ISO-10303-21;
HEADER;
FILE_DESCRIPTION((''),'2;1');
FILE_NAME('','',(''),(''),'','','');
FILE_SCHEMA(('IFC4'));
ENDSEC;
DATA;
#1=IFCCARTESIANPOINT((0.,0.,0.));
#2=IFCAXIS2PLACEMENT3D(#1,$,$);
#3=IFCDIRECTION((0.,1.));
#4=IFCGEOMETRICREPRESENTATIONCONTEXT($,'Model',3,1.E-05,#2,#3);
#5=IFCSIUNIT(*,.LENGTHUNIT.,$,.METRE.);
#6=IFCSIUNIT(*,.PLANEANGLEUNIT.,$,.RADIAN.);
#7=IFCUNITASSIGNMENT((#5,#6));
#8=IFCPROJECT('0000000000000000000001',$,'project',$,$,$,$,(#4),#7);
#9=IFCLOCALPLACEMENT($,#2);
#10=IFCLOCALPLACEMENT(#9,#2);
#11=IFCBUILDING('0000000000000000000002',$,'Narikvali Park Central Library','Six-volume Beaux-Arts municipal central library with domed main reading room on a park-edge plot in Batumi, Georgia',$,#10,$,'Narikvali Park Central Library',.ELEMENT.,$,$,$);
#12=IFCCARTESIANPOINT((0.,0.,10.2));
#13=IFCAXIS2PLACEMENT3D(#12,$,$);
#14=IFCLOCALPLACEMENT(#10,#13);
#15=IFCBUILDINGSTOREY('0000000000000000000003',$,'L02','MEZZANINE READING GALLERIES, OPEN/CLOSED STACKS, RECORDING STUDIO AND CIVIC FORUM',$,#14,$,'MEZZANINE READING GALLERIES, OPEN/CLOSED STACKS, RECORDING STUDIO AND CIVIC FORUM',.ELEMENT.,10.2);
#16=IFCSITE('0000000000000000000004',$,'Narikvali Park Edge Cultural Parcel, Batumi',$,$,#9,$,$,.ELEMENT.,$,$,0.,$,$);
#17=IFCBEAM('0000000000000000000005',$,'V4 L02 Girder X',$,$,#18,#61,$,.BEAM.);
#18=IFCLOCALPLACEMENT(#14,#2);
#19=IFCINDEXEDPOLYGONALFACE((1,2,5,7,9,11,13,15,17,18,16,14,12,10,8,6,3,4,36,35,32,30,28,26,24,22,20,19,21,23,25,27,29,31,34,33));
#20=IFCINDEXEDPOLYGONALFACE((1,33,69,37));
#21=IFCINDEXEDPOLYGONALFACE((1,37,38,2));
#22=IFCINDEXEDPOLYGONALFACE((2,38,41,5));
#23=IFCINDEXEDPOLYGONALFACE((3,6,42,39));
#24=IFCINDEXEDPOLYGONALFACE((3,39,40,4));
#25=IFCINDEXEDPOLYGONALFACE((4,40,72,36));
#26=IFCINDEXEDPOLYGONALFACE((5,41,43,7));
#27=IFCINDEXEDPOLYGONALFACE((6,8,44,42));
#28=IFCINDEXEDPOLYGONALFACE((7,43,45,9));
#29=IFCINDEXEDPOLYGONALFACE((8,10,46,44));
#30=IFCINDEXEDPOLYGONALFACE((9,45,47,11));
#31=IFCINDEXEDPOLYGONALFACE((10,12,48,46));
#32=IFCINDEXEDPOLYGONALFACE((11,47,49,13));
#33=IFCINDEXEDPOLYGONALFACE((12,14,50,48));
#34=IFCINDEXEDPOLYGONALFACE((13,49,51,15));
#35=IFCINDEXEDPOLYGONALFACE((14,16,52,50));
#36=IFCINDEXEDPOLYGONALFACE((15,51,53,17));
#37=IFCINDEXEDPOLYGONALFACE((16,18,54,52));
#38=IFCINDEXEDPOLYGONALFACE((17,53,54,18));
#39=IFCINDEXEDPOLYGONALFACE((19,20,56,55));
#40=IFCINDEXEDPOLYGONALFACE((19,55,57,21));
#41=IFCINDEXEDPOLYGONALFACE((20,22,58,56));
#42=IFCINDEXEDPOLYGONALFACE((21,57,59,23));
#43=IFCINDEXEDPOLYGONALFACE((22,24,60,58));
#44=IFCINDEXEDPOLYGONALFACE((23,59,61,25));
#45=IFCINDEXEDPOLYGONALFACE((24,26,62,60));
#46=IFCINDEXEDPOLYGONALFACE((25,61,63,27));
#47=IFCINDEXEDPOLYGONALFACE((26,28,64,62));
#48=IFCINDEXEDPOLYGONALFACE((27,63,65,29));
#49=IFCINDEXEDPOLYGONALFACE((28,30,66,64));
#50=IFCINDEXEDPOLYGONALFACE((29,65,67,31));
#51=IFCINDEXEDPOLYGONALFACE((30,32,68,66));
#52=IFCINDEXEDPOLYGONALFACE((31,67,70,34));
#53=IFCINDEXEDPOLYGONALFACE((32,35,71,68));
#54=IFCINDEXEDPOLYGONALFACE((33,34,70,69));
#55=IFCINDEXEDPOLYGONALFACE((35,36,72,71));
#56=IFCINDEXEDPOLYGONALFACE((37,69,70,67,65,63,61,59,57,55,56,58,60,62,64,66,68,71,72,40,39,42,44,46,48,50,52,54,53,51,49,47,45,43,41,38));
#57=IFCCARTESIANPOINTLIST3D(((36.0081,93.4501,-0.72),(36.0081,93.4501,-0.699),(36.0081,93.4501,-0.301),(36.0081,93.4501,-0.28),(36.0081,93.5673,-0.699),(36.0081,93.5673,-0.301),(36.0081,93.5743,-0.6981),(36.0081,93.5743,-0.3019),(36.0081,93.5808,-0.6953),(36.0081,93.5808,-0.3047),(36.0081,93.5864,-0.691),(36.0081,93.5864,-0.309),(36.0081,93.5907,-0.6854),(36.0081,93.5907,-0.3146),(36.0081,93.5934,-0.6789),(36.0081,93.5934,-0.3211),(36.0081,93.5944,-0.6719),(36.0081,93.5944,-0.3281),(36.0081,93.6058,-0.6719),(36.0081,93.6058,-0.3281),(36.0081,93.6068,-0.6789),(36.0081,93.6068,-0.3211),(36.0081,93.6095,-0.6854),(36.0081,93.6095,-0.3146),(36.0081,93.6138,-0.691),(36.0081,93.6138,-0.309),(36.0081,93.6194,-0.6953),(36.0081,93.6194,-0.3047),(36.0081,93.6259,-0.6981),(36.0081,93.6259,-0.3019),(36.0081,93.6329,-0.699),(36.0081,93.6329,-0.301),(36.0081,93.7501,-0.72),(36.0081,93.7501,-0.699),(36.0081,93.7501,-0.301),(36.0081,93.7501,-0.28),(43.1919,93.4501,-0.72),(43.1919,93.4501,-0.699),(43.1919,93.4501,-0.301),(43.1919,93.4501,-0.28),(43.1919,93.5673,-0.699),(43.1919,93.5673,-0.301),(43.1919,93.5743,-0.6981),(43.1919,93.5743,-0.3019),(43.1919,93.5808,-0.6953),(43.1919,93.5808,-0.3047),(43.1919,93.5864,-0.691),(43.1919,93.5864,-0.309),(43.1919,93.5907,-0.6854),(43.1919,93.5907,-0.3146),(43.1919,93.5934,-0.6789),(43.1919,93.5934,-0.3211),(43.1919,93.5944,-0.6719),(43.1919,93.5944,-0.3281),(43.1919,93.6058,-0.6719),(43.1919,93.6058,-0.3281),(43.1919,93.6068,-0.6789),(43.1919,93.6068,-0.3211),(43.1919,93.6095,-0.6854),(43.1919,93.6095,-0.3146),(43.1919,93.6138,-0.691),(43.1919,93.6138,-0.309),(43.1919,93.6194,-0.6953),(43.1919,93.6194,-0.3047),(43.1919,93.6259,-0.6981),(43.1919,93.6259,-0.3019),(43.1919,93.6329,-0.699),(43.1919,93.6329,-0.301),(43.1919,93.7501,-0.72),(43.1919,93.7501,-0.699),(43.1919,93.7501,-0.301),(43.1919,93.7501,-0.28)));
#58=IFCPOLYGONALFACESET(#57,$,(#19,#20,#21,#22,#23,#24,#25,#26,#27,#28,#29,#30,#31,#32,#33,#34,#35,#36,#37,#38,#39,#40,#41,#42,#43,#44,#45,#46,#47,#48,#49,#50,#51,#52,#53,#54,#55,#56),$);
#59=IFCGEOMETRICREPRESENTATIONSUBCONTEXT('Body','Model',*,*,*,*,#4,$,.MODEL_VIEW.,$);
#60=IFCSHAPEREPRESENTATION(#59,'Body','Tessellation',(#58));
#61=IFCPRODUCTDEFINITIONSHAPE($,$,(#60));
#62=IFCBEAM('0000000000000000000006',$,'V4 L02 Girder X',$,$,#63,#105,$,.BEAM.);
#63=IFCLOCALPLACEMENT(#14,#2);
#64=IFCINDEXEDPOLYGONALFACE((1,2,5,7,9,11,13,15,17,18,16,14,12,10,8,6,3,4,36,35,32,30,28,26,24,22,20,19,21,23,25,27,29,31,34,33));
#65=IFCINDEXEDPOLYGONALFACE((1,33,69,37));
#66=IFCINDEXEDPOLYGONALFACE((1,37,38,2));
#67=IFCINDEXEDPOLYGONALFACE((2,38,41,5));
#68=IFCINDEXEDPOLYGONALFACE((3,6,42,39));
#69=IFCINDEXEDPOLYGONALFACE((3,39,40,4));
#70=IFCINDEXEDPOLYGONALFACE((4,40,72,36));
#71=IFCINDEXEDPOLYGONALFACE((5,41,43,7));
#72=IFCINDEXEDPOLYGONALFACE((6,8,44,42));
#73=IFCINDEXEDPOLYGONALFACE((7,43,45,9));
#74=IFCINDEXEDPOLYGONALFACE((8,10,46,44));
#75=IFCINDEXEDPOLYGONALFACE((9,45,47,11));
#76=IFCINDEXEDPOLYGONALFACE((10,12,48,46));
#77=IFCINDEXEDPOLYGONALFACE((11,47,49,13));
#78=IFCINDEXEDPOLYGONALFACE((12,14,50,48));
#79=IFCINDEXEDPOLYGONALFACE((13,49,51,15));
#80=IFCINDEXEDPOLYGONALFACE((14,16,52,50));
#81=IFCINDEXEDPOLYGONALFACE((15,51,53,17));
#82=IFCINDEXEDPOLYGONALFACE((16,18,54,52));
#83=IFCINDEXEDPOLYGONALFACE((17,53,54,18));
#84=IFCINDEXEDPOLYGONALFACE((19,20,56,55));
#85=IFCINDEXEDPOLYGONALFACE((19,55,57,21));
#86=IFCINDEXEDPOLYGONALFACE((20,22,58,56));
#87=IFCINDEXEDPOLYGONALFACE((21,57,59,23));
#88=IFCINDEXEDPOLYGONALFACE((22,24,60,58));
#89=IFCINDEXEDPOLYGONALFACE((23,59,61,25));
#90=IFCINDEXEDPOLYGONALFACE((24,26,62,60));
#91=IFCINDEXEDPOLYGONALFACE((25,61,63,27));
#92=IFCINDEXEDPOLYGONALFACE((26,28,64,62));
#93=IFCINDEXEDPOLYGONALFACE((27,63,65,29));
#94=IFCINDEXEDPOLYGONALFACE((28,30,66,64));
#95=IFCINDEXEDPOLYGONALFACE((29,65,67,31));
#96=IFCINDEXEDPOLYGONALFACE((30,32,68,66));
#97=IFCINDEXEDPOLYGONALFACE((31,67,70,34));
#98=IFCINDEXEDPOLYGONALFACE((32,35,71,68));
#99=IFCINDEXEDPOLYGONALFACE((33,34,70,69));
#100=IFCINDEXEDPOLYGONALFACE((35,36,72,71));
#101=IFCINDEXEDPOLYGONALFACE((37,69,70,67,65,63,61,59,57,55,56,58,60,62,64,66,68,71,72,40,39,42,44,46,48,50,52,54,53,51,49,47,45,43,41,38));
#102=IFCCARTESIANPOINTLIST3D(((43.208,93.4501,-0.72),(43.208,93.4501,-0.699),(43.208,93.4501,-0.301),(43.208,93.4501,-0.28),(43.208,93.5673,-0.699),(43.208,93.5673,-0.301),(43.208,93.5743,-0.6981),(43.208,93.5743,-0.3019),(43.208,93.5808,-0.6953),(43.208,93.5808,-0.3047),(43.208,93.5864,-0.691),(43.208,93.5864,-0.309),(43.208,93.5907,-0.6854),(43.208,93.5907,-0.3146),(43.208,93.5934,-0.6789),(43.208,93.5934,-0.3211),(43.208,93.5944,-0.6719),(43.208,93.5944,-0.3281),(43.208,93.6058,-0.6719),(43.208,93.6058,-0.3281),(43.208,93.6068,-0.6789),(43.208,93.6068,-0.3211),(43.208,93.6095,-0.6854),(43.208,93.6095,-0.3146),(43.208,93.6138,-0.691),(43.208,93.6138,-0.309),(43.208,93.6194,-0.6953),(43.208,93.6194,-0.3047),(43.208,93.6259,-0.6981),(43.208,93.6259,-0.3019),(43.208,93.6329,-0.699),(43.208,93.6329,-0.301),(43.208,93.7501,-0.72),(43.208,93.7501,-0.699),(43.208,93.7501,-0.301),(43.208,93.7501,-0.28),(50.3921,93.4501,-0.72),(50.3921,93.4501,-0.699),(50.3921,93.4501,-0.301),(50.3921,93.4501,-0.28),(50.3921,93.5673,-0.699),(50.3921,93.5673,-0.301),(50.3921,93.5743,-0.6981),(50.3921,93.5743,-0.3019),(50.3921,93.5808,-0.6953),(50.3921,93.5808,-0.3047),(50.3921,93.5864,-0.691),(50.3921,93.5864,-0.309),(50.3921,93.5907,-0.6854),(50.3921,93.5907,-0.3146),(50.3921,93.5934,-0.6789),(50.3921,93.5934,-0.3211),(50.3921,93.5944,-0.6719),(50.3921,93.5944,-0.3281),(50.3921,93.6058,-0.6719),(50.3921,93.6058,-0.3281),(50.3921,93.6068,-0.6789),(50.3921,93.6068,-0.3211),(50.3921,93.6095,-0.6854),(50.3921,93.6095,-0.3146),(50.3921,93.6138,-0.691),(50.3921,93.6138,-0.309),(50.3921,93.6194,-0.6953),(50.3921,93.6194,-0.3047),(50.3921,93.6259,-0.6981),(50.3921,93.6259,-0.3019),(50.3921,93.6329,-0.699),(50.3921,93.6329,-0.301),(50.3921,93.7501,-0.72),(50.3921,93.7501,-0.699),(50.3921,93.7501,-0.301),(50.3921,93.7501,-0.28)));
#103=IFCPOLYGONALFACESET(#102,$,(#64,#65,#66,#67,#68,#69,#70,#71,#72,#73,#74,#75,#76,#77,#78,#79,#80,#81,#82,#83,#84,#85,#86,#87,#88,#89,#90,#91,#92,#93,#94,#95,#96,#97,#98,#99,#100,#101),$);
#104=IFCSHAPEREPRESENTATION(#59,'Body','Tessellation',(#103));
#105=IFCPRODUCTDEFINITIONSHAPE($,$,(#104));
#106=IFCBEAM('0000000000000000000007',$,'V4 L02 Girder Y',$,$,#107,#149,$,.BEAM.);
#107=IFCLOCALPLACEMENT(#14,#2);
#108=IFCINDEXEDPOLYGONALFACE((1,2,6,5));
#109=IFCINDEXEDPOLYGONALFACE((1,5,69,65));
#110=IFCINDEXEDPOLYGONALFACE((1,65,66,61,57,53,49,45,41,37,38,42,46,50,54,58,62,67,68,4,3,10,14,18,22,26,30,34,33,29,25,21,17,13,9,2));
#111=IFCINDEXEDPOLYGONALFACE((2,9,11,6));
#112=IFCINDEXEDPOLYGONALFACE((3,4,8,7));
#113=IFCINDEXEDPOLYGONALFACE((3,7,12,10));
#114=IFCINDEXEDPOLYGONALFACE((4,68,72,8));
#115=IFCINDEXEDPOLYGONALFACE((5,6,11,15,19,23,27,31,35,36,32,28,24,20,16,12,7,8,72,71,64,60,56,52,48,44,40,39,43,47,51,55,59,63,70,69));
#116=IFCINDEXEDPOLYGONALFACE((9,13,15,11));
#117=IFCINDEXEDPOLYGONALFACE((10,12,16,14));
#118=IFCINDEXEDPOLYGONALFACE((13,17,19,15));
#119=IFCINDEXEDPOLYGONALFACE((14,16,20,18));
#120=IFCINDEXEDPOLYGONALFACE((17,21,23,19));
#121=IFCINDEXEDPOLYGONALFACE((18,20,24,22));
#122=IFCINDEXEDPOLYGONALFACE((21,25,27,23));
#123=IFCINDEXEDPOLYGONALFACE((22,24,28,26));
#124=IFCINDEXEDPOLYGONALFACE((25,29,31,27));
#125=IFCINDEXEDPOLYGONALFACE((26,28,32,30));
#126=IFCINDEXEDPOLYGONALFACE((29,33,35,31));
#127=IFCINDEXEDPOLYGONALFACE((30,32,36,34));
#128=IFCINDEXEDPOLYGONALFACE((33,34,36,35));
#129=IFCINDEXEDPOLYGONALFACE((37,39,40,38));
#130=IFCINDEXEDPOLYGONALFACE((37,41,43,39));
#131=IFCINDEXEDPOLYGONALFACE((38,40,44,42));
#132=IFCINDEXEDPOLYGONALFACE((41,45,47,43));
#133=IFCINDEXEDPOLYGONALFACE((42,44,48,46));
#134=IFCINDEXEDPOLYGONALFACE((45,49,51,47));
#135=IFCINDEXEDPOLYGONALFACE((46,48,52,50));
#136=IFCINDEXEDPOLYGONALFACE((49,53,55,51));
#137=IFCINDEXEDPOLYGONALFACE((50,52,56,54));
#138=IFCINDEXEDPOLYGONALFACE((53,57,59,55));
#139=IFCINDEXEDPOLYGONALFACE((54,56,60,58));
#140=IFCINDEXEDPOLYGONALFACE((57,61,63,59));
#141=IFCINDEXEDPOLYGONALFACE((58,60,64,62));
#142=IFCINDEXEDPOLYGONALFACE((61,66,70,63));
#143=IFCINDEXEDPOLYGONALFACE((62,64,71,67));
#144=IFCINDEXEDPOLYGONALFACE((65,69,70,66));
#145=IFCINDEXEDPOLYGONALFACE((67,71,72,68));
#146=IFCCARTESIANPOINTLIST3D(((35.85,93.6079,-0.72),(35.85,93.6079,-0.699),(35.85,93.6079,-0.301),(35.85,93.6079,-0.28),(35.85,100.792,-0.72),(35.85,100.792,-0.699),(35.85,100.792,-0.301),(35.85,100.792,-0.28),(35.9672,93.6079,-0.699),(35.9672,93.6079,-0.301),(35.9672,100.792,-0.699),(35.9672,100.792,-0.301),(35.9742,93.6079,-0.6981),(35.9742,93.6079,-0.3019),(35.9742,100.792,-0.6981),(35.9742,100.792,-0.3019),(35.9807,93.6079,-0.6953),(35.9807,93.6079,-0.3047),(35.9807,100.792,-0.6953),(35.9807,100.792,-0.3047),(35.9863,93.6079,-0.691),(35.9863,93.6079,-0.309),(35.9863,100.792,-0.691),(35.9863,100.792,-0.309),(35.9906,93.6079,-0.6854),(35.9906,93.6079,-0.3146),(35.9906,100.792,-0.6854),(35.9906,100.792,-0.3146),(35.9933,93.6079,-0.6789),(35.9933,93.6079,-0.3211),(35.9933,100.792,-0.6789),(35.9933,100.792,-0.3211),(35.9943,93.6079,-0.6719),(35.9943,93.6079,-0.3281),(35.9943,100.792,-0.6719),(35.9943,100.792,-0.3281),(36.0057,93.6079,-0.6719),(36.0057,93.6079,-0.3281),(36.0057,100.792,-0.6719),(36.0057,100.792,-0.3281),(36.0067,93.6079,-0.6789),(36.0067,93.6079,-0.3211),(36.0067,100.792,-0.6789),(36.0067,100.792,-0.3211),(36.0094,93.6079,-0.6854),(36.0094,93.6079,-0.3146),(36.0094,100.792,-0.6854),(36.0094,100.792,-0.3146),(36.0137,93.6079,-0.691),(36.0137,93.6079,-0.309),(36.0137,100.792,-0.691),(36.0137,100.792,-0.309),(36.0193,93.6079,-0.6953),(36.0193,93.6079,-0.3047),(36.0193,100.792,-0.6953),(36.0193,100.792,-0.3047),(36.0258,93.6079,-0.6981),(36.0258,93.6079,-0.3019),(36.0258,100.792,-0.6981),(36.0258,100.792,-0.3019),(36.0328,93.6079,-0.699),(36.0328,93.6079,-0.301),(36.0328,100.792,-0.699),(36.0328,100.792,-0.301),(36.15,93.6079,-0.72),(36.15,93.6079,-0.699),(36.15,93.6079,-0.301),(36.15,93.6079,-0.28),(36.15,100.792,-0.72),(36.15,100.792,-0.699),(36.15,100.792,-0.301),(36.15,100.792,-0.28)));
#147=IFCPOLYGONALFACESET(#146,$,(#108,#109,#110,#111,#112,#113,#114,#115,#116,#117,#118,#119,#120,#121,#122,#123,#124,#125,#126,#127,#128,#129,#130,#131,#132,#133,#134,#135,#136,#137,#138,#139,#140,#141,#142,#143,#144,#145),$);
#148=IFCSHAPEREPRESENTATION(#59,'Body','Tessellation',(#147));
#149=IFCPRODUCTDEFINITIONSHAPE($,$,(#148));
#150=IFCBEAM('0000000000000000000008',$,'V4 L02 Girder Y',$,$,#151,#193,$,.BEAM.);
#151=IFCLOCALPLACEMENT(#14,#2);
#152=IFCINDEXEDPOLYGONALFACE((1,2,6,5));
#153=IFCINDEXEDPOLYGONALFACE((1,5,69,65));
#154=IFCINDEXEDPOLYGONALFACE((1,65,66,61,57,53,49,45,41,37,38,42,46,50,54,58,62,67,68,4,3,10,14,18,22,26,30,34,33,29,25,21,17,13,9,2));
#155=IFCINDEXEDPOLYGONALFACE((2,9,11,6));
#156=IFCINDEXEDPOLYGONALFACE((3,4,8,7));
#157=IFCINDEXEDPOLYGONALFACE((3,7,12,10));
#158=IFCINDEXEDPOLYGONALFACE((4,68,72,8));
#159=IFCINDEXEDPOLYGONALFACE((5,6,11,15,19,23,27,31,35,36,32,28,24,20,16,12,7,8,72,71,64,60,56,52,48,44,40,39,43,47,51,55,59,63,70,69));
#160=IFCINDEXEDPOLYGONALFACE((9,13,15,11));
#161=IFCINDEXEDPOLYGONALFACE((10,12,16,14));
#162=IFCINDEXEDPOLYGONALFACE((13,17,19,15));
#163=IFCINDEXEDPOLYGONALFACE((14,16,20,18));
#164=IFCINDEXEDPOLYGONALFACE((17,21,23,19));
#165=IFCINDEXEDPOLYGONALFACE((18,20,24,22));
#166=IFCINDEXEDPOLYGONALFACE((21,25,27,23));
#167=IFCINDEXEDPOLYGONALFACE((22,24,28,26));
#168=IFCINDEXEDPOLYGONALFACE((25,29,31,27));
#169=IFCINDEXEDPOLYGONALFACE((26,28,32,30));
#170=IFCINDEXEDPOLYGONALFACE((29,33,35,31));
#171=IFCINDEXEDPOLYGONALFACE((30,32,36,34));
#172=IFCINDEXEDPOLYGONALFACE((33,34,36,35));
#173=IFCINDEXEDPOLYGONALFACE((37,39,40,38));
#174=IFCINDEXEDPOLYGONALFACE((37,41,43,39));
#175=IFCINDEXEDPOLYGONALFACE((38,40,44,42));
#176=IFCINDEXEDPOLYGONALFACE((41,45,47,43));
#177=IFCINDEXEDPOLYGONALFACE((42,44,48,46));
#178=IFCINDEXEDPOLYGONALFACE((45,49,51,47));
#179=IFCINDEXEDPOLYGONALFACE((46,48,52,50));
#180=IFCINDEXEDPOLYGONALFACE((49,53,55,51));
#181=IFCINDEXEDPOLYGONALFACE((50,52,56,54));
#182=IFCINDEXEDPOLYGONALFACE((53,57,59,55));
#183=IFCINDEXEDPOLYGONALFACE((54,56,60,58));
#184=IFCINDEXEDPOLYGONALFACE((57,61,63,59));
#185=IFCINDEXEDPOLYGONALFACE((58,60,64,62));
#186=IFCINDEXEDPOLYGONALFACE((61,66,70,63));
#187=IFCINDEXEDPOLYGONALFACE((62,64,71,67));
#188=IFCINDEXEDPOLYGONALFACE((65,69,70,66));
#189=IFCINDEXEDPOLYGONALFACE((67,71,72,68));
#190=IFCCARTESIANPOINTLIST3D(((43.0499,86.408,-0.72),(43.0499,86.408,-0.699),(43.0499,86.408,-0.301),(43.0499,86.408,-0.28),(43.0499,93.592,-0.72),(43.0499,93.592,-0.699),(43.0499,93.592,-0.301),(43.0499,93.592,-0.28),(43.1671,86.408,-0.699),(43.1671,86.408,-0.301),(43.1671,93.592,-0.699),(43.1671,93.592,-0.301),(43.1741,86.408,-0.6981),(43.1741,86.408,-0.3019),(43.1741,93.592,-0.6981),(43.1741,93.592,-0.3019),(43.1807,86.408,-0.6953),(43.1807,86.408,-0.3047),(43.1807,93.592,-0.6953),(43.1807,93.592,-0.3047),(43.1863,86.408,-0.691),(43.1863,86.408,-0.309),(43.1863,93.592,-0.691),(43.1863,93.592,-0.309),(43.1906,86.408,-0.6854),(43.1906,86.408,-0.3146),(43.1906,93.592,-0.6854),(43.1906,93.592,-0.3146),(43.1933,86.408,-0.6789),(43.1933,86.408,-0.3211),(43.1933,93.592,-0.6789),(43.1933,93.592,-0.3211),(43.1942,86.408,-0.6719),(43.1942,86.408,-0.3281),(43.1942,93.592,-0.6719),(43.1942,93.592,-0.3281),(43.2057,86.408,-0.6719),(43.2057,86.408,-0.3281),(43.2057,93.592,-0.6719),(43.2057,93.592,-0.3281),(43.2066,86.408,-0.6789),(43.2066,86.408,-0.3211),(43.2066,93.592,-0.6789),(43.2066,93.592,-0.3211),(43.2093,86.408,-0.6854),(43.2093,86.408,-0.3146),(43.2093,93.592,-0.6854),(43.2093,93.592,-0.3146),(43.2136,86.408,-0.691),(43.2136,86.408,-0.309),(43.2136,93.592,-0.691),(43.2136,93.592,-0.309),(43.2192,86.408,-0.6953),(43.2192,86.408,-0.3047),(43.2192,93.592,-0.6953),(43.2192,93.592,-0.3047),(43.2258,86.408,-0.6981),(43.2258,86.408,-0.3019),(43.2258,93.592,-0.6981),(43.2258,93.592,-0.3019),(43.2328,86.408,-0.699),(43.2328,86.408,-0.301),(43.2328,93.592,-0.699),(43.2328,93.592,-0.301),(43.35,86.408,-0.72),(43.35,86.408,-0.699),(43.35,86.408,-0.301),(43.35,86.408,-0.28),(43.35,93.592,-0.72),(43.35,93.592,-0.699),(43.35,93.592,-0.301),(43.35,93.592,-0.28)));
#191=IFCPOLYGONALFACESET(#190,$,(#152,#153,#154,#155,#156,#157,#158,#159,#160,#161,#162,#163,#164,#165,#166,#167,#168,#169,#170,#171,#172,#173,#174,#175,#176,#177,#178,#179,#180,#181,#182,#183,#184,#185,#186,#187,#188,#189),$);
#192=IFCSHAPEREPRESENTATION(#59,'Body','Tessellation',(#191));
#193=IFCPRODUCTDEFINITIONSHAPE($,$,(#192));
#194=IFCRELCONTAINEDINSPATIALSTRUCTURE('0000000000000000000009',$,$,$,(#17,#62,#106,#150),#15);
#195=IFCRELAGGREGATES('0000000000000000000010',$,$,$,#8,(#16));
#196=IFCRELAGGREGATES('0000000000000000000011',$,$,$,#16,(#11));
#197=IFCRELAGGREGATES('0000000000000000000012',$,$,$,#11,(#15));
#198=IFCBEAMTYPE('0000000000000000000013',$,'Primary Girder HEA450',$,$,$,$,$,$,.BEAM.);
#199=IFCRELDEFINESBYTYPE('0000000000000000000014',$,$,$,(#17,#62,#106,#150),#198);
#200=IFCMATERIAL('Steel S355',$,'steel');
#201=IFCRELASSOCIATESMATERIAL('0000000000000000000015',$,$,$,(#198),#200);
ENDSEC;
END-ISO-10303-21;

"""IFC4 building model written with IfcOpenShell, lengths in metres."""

from ifc_helpers import new_model, si_unit, direction, frame, origin, origin_2d, place, context, subcontext, project, spatial, i_section, extrude, material, material_profile, profile_set, type_object, element, save


model = new_model("IFC4")

# Units and contexts
model_context = context("Model", 3, precision=1e-05, world=origin(), true_north=direction((0.0, 1.0)))
body_context = subcontext(model_context, "Body", "Model", "MODEL_VIEW")
ifc_project = project(units=[si_unit("LENGTHUNIT", "METRE"), si_unit("PLANEANGLEUNIT", "RADIAN")], contexts=[model_context])

# Site, building, storey
site_placement = place(None, origin())
site = spatial("IfcSite", under=ifc_project, at=site_placement, Name="Narikvali Park Edge Cultural Parcel, Batumi", CompositionType="ELEMENT", RefElevation=0.0)
building_placement = place(site_placement, origin())
building = spatial("IfcBuilding", under=site, at=building_placement, Name="Narikvali Park Central Library", Description="Six-volume Beaux-Arts municipal central library with domed main reading room on a park-edge plot in Batumi, Georgia", LongName="Narikvali Park Central Library", CompositionType="ELEMENT")
storey_placement = place(building_placement, frame((0.0, 0.0, 10.2)))
storey = spatial("IfcBuildingStorey", under=building, at=storey_placement, Name="L02", Description="MEZZANINE READING GALLERIES, OPEN/CLOSED STACKS, RECORDING STUDIO AND CIVIC FORUM", LongName="MEZZANINE READING GALLERIES, OPEN/CLOSED STACKS, RECORDING STUDIO AND CIVIC FORUM", CompositionType="ELEMENT", Elevation=10.2)

# Shared definitions
ifc_material_1 = material(Name="Steel S355", Category="steel")

# Beams
ifc_material_profile_1 = material_profile(ifc_material_1, i_section(OverallWidth=0.3, OverallDepth=0.4399, WebThickness=0.0115, FlangeThickness=0.021, FilletRadius=0.0271, at=origin_2d()), Name="HEA 450")
ifc_profile_set_1 = profile_set([ifc_material_profile_1], Name="Steel S355")
beam_type_1 = type_object("IfcBeamType", Name="Primary Girder HEA450", PredefinedType="BEAM", material=ifc_profile_set_1)
for number, where, z_axis, x_axis, name in (
    (1, (36.0081, 93.6001, -0.5), (1.0, 0.0, 0.0), (0.0, 1.0, 0.0), "V4 L02 Girder X"),
):
    element("IfcBeam", number, at=place(storey_placement, frame(where, z_axis=z_axis, x_axis=x_axis)), inside=storey, type_object=beam_type_1, Name=name, PredefinedType="BEAM", context=body_context, shape_type="SweptSolid", body=[
        extrude(i_section(OverallWidth=0.3, OverallDepth=0.4399, WebThickness=0.0115, FlangeThickness=0.021, FilletRadius=0.0271, at=origin_2d()), origin(), (0.0, 0.0, 1.0), 7.1838),
    ])
for number, where, z_axis, x_axis, name in (
    (2, (43.208, 93.6001, -0.5), (1.0, 0.0, 0.0), (0.0, 1.0, 0.0), "V4 L02 Girder X"),
    (3, (36.0, 93.6079, -0.5), (0.0, 1.0, 0.0), (-1.0, 0.0, 0.0), "V4 L02 Girder Y"),
    (4, (43.2, 86.408, -0.5), (0.0, 1.0, 0.0), (-1.0, 0.0, 0.0), "V4 L02 Girder Y"),
):
    element("IfcBeam", number, at=place(storey_placement, frame(where, z_axis=z_axis, x_axis=x_axis)), inside=storey, type_object=beam_type_1, Name=name, PredefinedType="BEAM", context=body_context, shape_type="SweptSolid", body=[
        extrude(i_section(OverallWidth=0.3, OverallDepth=0.4399, WebThickness=0.0115, FlangeThickness=0.021, FilletRadius=0.0271, at=origin_2d()), origin(), (0.0, 0.0, 1.0), 7.1841),
    ])

save(model, "model.ifc")
